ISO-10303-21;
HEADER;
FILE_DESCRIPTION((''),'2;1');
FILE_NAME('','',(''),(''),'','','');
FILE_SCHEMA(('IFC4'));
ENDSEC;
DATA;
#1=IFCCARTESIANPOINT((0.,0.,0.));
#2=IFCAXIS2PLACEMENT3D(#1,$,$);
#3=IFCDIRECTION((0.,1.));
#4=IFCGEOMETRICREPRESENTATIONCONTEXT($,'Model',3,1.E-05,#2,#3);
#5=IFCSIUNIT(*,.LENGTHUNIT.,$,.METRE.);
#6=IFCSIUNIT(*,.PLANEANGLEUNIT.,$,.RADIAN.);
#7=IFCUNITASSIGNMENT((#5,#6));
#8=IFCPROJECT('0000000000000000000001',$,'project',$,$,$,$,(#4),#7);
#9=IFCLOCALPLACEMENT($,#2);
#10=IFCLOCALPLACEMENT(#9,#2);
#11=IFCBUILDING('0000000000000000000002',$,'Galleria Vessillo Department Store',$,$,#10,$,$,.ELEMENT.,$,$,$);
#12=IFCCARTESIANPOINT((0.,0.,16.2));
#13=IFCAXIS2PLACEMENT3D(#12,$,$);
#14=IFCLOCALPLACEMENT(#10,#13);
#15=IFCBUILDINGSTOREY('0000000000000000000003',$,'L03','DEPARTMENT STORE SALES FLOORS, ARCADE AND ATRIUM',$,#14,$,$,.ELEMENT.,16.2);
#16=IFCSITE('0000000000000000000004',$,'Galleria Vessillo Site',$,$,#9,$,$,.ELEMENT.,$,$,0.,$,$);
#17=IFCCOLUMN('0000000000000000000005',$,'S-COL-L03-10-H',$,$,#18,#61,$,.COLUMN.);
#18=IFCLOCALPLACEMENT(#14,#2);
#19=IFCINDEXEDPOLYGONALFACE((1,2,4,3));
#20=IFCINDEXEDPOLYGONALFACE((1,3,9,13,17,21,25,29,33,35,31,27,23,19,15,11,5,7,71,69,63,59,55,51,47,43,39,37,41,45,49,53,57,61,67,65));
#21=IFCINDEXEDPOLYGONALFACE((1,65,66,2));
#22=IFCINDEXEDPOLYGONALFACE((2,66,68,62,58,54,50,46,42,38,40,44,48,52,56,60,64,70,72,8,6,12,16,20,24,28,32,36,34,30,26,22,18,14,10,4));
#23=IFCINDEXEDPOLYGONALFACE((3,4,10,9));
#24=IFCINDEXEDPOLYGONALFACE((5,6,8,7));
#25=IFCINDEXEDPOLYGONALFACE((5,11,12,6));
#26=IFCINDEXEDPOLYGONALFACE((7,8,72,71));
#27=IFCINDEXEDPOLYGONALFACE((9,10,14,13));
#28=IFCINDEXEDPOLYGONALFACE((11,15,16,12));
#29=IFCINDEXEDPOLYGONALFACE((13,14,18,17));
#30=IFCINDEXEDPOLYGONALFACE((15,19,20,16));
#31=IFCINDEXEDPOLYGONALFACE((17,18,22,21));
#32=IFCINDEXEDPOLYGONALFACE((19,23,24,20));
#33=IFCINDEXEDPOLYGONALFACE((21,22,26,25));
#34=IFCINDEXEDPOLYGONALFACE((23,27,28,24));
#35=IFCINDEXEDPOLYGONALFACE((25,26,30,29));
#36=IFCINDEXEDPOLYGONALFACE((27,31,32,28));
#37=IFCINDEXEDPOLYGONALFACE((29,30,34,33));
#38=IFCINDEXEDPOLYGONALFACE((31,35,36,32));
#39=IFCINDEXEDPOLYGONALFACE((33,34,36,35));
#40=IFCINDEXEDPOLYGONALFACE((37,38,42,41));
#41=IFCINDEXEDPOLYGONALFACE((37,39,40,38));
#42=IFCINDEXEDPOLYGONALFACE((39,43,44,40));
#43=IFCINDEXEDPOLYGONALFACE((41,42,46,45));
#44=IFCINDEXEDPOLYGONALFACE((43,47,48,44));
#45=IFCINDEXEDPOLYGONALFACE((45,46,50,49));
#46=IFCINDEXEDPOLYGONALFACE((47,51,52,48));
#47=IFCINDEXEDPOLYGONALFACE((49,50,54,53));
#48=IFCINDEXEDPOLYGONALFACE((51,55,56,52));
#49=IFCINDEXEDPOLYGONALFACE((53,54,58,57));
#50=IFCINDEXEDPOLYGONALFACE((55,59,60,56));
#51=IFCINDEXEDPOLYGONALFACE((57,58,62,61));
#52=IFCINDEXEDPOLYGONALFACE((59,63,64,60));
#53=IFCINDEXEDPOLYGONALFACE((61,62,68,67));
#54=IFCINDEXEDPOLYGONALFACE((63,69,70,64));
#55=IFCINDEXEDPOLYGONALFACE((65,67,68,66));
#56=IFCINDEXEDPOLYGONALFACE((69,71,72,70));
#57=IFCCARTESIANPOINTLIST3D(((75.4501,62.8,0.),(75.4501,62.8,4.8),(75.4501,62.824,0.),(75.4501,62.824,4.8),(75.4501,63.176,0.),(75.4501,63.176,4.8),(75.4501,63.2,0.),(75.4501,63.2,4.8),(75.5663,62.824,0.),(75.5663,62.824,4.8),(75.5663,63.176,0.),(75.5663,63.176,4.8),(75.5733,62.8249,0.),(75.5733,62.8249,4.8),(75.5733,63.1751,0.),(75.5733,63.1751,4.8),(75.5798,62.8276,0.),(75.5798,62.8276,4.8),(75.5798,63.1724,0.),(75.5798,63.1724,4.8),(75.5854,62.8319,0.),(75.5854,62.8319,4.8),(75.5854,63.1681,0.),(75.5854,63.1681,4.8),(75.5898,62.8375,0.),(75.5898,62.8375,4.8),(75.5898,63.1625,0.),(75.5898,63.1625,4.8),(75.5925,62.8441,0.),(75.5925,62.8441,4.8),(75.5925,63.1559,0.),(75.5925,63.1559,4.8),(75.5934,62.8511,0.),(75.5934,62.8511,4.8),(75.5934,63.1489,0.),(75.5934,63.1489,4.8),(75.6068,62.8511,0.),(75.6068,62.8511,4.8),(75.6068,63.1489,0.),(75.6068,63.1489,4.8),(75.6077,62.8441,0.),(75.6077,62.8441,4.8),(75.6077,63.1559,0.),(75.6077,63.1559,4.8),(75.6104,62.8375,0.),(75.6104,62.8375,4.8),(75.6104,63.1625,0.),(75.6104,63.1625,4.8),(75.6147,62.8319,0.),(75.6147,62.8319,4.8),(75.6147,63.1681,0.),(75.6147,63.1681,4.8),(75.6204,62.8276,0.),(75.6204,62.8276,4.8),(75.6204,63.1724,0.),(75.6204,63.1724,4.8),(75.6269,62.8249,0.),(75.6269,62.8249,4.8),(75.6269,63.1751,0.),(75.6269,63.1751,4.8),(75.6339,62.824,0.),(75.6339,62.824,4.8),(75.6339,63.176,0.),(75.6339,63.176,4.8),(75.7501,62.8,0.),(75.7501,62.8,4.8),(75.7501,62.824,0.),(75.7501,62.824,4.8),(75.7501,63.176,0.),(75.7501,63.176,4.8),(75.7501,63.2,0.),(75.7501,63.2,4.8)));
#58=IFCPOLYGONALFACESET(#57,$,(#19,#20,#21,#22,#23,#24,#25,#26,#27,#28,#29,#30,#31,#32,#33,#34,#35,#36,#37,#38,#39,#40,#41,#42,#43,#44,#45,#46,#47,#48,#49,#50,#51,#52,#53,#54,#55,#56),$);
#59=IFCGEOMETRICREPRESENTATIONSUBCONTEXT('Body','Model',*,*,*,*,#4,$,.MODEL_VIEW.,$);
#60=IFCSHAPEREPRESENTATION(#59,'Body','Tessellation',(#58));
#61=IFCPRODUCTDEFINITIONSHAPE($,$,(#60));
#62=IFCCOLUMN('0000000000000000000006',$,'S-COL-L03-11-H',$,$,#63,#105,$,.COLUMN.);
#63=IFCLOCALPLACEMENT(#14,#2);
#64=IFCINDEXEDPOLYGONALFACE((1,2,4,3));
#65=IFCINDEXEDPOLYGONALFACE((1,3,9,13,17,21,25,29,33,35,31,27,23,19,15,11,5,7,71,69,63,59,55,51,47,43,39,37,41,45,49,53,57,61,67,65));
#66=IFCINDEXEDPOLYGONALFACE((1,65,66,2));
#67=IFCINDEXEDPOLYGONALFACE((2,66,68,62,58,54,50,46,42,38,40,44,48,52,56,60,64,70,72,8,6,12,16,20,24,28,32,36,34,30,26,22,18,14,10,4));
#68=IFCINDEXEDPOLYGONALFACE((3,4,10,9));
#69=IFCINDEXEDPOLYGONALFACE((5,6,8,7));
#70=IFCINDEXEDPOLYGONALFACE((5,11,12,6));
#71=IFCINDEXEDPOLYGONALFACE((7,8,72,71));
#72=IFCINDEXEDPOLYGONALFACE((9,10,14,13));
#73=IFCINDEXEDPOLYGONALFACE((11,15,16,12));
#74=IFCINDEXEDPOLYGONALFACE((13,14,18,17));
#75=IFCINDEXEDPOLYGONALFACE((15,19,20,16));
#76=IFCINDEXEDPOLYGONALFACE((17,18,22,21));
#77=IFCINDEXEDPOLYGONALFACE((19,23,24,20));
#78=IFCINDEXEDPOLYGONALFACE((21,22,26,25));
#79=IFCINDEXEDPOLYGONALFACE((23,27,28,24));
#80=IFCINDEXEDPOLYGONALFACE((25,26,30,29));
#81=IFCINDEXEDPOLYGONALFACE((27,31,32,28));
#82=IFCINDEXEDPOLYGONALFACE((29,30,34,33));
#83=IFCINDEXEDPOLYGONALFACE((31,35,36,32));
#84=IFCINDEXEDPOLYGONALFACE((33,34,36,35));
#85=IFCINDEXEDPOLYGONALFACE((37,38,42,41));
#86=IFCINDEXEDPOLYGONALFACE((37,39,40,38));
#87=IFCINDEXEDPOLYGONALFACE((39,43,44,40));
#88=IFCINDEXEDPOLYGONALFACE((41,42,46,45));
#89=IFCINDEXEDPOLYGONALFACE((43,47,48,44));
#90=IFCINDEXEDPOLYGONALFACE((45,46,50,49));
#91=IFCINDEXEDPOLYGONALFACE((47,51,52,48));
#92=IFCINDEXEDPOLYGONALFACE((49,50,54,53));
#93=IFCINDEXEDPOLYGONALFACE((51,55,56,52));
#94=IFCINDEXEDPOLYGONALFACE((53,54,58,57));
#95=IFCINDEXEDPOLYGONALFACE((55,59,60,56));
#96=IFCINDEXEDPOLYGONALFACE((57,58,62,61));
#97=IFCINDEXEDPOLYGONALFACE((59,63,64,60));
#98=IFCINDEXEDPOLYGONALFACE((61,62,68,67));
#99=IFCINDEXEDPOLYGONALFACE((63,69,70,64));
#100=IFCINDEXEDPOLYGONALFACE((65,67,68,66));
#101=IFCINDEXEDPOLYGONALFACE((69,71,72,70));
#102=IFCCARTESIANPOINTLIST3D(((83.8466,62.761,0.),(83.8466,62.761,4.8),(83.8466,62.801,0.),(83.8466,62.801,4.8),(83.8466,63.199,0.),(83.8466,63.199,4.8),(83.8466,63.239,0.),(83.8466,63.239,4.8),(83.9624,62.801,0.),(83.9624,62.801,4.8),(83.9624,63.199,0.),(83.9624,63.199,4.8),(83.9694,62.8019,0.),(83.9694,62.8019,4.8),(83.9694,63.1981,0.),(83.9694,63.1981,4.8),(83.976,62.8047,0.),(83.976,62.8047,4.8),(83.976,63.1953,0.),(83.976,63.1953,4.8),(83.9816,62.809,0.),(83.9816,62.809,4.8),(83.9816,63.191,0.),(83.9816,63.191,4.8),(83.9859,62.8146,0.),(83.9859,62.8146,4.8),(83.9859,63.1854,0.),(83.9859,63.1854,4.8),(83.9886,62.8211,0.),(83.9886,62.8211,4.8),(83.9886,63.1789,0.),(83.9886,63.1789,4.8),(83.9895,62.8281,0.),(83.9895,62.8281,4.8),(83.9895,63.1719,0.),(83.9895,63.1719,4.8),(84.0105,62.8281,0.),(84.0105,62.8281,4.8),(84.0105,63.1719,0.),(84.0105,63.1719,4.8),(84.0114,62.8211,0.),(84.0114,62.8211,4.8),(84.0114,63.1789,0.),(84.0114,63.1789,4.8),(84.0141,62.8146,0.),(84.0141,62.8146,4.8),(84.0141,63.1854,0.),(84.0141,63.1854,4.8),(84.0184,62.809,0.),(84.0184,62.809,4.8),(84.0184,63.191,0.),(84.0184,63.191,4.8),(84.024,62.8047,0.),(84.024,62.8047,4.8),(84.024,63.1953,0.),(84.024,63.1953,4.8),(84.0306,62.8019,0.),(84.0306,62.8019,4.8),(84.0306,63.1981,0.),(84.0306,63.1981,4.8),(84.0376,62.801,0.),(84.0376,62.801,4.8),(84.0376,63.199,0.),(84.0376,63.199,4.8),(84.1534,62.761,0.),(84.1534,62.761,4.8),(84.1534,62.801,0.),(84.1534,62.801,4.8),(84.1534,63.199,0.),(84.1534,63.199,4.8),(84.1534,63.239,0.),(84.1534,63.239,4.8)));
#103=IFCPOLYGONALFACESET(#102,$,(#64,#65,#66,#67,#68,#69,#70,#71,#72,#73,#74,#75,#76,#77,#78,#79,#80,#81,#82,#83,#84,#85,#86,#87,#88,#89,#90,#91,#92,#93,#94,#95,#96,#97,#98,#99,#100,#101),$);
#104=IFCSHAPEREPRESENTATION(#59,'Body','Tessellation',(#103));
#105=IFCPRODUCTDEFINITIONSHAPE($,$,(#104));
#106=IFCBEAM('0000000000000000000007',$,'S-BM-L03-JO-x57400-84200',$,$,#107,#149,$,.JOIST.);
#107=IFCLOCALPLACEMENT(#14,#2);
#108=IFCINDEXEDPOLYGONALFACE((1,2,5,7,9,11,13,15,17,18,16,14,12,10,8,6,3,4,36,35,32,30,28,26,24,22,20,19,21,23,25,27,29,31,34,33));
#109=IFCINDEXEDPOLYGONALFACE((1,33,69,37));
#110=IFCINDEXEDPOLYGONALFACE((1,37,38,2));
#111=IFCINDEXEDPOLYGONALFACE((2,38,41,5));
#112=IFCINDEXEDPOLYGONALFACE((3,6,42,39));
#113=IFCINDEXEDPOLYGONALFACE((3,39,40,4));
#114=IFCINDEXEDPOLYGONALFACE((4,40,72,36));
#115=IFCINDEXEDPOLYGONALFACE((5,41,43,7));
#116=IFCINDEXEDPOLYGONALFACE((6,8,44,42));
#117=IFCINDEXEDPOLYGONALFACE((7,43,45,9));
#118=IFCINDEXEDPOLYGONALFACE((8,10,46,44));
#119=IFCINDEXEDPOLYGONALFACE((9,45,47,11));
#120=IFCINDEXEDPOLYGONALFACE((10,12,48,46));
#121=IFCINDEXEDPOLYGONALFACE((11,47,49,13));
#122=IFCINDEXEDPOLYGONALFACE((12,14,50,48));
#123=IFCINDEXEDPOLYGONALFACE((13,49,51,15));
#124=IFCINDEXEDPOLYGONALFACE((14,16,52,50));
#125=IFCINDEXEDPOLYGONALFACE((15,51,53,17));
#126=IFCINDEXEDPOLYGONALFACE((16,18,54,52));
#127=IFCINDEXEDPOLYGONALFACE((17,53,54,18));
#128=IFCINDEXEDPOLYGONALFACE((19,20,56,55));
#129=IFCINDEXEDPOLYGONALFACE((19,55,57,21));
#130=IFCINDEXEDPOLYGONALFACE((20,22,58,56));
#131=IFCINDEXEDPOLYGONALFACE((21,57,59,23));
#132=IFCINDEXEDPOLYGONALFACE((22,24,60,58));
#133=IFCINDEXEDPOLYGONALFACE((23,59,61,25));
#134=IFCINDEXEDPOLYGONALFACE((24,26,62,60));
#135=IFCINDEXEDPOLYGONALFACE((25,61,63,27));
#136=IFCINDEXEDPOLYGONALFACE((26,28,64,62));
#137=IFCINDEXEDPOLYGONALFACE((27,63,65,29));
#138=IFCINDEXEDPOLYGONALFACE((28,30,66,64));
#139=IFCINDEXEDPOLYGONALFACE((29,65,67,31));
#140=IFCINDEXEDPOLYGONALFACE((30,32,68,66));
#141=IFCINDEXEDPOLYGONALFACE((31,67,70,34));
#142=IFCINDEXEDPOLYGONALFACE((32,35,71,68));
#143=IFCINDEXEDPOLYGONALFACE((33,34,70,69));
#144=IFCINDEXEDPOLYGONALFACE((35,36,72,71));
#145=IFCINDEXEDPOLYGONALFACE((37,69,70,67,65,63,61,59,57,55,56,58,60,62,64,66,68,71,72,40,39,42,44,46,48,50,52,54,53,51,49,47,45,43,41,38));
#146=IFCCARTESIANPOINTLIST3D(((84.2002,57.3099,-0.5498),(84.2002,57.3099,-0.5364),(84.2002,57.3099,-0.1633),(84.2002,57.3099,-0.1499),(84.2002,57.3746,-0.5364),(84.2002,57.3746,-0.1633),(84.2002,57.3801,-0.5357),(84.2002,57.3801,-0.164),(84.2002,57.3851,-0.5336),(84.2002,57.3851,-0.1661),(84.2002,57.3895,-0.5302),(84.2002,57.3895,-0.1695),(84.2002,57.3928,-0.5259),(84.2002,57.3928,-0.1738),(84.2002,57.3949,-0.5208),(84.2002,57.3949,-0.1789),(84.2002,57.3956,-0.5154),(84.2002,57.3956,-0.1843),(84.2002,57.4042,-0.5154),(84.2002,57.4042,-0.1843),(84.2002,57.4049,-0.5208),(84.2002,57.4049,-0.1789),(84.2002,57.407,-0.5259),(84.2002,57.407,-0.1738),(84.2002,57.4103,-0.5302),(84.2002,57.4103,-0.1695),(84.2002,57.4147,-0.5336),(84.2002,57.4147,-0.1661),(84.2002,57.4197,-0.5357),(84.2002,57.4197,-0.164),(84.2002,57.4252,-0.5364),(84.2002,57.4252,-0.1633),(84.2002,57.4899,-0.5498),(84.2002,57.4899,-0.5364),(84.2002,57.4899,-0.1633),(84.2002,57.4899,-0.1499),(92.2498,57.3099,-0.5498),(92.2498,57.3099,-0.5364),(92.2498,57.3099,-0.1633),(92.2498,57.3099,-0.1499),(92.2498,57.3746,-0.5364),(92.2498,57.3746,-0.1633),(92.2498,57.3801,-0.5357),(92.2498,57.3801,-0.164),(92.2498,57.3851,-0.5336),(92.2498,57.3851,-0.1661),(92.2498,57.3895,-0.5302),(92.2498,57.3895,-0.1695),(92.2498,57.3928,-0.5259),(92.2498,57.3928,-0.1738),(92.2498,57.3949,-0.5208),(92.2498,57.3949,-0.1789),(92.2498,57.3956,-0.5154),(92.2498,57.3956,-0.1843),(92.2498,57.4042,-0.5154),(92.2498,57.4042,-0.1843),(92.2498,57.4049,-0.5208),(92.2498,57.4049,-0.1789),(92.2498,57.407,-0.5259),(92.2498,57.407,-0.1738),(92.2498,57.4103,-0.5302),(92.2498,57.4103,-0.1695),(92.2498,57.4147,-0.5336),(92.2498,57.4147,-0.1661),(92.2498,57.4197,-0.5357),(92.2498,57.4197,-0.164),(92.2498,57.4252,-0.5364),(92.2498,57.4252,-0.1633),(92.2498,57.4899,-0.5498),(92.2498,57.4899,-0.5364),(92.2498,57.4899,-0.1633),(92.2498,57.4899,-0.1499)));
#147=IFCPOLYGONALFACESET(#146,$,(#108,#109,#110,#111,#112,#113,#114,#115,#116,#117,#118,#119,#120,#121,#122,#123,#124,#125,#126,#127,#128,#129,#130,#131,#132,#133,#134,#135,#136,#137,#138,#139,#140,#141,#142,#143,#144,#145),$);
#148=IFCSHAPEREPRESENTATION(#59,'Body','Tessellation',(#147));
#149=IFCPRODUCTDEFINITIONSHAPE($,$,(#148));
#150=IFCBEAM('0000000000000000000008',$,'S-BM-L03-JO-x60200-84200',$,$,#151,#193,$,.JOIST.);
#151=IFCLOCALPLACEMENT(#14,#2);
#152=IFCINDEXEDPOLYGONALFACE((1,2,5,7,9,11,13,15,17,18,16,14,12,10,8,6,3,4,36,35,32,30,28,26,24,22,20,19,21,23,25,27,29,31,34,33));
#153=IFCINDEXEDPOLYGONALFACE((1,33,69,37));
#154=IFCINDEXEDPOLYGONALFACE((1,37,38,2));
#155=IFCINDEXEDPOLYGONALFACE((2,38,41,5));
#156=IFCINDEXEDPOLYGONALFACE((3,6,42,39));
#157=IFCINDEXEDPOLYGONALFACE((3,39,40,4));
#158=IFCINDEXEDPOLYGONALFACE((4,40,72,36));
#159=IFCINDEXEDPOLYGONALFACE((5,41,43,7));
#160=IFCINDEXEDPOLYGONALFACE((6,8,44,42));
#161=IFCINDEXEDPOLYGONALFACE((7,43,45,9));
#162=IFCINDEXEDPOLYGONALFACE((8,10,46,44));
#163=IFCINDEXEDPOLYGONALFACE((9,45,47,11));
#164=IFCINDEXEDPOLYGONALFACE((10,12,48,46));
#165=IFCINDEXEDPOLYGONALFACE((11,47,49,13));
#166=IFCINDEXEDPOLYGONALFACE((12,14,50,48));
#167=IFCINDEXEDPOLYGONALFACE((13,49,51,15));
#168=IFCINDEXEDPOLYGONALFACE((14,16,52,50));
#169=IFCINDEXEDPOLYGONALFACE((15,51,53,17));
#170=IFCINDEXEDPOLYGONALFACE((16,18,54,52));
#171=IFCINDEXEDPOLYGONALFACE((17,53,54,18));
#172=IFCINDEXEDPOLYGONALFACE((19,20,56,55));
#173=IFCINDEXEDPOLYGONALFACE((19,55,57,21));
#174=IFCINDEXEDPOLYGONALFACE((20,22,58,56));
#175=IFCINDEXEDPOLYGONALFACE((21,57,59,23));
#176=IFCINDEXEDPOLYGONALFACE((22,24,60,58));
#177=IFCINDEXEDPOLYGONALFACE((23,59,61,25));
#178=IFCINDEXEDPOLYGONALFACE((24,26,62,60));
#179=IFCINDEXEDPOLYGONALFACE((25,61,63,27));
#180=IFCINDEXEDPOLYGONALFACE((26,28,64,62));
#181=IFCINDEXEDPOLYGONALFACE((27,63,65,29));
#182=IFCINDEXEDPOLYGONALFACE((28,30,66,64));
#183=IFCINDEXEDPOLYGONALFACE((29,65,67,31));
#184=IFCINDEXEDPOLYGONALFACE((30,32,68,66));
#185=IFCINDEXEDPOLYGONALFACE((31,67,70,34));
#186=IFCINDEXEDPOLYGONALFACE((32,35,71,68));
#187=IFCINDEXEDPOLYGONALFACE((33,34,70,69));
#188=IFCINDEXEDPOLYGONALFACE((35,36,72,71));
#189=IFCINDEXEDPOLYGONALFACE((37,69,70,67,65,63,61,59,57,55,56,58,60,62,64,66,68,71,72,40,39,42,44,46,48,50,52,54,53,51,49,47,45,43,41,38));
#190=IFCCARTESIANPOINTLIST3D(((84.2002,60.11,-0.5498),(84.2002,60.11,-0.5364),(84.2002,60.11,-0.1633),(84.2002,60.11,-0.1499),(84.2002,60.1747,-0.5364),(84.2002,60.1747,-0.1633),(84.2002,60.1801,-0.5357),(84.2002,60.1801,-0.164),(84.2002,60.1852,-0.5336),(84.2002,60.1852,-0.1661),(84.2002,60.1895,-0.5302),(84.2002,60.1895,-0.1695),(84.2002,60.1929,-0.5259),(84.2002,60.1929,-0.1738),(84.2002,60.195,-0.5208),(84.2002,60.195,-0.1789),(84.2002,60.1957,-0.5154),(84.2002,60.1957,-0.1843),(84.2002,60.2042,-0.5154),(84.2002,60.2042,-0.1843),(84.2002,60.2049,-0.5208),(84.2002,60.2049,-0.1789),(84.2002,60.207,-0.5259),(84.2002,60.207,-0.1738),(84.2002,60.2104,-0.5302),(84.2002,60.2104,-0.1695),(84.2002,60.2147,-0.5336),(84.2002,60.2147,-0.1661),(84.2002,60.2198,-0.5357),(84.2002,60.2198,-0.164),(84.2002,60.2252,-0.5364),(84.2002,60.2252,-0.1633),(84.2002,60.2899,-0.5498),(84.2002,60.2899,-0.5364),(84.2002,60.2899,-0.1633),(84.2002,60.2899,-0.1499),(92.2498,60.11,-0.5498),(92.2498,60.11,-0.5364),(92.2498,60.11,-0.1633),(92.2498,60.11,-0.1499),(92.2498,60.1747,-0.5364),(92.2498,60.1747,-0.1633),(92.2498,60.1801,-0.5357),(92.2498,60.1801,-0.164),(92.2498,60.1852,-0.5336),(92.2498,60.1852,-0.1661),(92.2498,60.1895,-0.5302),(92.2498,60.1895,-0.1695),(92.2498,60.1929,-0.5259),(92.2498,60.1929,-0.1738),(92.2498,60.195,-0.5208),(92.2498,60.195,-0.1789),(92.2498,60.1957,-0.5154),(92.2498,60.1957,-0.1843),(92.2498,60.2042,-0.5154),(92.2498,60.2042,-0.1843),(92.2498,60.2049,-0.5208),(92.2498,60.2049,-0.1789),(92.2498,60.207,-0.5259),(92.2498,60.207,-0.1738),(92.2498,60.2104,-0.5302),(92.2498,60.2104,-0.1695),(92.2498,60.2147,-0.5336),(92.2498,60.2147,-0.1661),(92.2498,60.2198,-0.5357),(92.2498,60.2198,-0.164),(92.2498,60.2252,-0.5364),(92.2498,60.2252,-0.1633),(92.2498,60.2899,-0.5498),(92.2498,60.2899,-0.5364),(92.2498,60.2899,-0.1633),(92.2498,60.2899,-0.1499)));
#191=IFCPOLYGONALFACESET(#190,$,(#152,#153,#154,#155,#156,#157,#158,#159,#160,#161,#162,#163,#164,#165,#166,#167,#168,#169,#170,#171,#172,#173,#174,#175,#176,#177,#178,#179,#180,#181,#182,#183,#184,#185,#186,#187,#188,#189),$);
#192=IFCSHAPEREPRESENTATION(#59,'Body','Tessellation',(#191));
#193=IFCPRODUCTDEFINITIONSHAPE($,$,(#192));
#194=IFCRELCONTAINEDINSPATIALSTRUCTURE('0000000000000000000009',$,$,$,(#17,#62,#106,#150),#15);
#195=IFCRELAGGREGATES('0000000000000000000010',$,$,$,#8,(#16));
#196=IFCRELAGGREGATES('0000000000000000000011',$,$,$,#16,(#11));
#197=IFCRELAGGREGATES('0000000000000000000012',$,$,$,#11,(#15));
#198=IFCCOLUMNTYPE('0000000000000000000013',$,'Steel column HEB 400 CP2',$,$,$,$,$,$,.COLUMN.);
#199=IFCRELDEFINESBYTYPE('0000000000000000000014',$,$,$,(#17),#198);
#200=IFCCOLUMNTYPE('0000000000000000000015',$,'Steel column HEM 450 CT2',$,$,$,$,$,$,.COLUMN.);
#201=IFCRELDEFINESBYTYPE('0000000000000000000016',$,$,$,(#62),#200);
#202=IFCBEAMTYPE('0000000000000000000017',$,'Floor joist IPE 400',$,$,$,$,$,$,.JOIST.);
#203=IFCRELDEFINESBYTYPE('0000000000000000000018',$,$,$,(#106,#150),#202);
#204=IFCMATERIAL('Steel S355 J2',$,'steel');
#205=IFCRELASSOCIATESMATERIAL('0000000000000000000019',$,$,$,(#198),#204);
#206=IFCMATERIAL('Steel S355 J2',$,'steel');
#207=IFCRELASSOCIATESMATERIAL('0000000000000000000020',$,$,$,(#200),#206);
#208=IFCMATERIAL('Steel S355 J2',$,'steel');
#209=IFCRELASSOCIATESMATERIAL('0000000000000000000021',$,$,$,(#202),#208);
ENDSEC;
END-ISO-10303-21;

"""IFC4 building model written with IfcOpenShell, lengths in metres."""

from ifc_helpers import new_model, si_unit, direction, frame, origin, origin_2d, place, context, subcontext, project, spatial, i_section, extrude, material, material_profile, profile_set, type_object, element, save


model = new_model("IFC4")

# Units and contexts
model_context = context("Model", 3, precision=1e-05, world=origin(), true_north=direction((0.0, 1.0)))
body_context = subcontext(model_context, "Body", "Model", "MODEL_VIEW")
ifc_project = project(units=[si_unit("LENGTHUNIT", "METRE"), si_unit("PLANEANGLEUNIT", "RADIAN")], contexts=[model_context])

# Site, building, storey
site_placement = place(None, origin())
site = spatial("IfcSite", under=ifc_project, at=site_placement, Name="Galleria Vessillo Site", CompositionType="ELEMENT", RefElevation=0.0)
building_placement = place(site_placement, origin())
building = spatial("IfcBuilding", under=site, at=building_placement, Name="Galleria Vessillo Department Store", CompositionType="ELEMENT")
storey_placement = place(building_placement, frame((0.0, 0.0, 16.2)))
storey = spatial("IfcBuildingStorey", under=building, at=storey_placement, Name="L03", Description="DEPARTMENT STORE SALES FLOORS, ARCADE AND ATRIUM", CompositionType="ELEMENT", Elevation=16.2)

# Columns
ifc_material_1 = material(Name="Steel S355 J2", Category="steel")
ifc_material_profile_1 = material_profile(ifc_material_1, i_section(OverallWidth=0.3, OverallDepth=0.3999, WebThickness=0.0134, FlangeThickness=0.0239, FilletRadius=0.0271, at=origin_2d()), Name="HEB 400")
ifc_profile_set_1 = profile_set([ifc_material_profile_1], Name="Steel S355 J2")
column_type_1 = type_object("IfcColumnType", Name="Steel column HEB 400 CP2", PredefinedType="COLUMN", material=ifc_profile_set_1)
column_1_placement = place(storey_placement, frame((75.6001, 63.0, 0.0), z_axis=(0.0, 0.0, 1.0), x_axis=(1.0, 0.0, 0.0)))
element("IfcColumn", 1, at=column_1_placement, inside=storey, type_object=column_type_1, Name="S-COL-L03-10-H", PredefinedType="COLUMN", context=body_context, shape_type="SweptSolid", body=[
    extrude(i_section(OverallWidth=0.3, OverallDepth=0.3999, WebThickness=0.0134, FlangeThickness=0.0239, FilletRadius=0.0271, at=origin_2d()), origin(), (0.0, 0.0, 1.0), 4.8),
])
ifc_material_2 = material(Name="Steel S355 J2", Category="steel")
ifc_material_profile_2 = material_profile(ifc_material_2, i_section(OverallWidth=0.3069, OverallDepth=0.478, WebThickness=0.021, FlangeThickness=0.04, FilletRadius=0.0271, at=origin_2d()), Name="HEM 450")
ifc_profile_set_2 = profile_set([ifc_material_profile_2], Name="Steel S355 J2")
column_type_2 = type_object("IfcColumnType", Name="Steel column HEM 450 CT2", PredefinedType="COLUMN", material=ifc_profile_set_2)
column_2_placement = place(storey_placement, frame((84.0, 63.0, 0.0), z_axis=(0.0, 0.0, 1.0), x_axis=(1.0, 0.0, 0.0)))
element("IfcColumn", 2, at=column_2_placement, inside=storey, type_object=column_type_2, Name="S-COL-L03-11-H", PredefinedType="COLUMN", context=body_context, shape_type="SweptSolid", body=[
    extrude(i_section(OverallWidth=0.3069, OverallDepth=0.478, WebThickness=0.021, FlangeThickness=0.04, FilletRadius=0.0271, at=origin_2d()), origin(), (0.0, 0.0, 1.0), 4.8),
])

# Beams
ifc_material_3 = material(Name="Steel S355 J2", Category="steel")
ifc_material_profile_3 = material_profile(ifc_material_3, i_section(OverallWidth=0.1799, OverallDepth=0.3999, WebThickness=0.0085, FlangeThickness=0.0134, FilletRadius=0.021, at=origin_2d()), Name="IPE 400")
ifc_profile_set_3 = profile_set([ifc_material_profile_3], Name="Steel S355 J2")
beam_type = type_object("IfcBeamType", Name="Floor joist IPE 400", PredefinedType="JOIST", material=ifc_profile_set_3)
for number, where, z_axis, x_axis, name in (
    (3, (84.2002, 57.3999, -0.3499), (1.0, 0.0, 0.0), (0.0, 1.0, 0.0), "S-BM-L03-JO-x57400-84200"),
    (4, (84.2002, 60.2, -0.3499), (1.0, 0.0, 0.0), (0.0, 1.0, 0.0), "S-BM-L03-JO-x60200-84200"),
):
    element("IfcBeam", number, at=place(storey_placement, frame(where, z_axis=z_axis, x_axis=x_axis)), inside=storey, type_object=beam_type, Name=name, PredefinedType="JOIST", context=body_context, shape_type="SweptSolid", body=[
        extrude(i_section(OverallWidth=0.1799, OverallDepth=0.3999, WebThickness=0.0085, FlangeThickness=0.0134, FilletRadius=0.021, at=origin_2d()), origin(), (0.0, 0.0, 1.0), 8.0496),
    ])

save(model, "model.ifc")
